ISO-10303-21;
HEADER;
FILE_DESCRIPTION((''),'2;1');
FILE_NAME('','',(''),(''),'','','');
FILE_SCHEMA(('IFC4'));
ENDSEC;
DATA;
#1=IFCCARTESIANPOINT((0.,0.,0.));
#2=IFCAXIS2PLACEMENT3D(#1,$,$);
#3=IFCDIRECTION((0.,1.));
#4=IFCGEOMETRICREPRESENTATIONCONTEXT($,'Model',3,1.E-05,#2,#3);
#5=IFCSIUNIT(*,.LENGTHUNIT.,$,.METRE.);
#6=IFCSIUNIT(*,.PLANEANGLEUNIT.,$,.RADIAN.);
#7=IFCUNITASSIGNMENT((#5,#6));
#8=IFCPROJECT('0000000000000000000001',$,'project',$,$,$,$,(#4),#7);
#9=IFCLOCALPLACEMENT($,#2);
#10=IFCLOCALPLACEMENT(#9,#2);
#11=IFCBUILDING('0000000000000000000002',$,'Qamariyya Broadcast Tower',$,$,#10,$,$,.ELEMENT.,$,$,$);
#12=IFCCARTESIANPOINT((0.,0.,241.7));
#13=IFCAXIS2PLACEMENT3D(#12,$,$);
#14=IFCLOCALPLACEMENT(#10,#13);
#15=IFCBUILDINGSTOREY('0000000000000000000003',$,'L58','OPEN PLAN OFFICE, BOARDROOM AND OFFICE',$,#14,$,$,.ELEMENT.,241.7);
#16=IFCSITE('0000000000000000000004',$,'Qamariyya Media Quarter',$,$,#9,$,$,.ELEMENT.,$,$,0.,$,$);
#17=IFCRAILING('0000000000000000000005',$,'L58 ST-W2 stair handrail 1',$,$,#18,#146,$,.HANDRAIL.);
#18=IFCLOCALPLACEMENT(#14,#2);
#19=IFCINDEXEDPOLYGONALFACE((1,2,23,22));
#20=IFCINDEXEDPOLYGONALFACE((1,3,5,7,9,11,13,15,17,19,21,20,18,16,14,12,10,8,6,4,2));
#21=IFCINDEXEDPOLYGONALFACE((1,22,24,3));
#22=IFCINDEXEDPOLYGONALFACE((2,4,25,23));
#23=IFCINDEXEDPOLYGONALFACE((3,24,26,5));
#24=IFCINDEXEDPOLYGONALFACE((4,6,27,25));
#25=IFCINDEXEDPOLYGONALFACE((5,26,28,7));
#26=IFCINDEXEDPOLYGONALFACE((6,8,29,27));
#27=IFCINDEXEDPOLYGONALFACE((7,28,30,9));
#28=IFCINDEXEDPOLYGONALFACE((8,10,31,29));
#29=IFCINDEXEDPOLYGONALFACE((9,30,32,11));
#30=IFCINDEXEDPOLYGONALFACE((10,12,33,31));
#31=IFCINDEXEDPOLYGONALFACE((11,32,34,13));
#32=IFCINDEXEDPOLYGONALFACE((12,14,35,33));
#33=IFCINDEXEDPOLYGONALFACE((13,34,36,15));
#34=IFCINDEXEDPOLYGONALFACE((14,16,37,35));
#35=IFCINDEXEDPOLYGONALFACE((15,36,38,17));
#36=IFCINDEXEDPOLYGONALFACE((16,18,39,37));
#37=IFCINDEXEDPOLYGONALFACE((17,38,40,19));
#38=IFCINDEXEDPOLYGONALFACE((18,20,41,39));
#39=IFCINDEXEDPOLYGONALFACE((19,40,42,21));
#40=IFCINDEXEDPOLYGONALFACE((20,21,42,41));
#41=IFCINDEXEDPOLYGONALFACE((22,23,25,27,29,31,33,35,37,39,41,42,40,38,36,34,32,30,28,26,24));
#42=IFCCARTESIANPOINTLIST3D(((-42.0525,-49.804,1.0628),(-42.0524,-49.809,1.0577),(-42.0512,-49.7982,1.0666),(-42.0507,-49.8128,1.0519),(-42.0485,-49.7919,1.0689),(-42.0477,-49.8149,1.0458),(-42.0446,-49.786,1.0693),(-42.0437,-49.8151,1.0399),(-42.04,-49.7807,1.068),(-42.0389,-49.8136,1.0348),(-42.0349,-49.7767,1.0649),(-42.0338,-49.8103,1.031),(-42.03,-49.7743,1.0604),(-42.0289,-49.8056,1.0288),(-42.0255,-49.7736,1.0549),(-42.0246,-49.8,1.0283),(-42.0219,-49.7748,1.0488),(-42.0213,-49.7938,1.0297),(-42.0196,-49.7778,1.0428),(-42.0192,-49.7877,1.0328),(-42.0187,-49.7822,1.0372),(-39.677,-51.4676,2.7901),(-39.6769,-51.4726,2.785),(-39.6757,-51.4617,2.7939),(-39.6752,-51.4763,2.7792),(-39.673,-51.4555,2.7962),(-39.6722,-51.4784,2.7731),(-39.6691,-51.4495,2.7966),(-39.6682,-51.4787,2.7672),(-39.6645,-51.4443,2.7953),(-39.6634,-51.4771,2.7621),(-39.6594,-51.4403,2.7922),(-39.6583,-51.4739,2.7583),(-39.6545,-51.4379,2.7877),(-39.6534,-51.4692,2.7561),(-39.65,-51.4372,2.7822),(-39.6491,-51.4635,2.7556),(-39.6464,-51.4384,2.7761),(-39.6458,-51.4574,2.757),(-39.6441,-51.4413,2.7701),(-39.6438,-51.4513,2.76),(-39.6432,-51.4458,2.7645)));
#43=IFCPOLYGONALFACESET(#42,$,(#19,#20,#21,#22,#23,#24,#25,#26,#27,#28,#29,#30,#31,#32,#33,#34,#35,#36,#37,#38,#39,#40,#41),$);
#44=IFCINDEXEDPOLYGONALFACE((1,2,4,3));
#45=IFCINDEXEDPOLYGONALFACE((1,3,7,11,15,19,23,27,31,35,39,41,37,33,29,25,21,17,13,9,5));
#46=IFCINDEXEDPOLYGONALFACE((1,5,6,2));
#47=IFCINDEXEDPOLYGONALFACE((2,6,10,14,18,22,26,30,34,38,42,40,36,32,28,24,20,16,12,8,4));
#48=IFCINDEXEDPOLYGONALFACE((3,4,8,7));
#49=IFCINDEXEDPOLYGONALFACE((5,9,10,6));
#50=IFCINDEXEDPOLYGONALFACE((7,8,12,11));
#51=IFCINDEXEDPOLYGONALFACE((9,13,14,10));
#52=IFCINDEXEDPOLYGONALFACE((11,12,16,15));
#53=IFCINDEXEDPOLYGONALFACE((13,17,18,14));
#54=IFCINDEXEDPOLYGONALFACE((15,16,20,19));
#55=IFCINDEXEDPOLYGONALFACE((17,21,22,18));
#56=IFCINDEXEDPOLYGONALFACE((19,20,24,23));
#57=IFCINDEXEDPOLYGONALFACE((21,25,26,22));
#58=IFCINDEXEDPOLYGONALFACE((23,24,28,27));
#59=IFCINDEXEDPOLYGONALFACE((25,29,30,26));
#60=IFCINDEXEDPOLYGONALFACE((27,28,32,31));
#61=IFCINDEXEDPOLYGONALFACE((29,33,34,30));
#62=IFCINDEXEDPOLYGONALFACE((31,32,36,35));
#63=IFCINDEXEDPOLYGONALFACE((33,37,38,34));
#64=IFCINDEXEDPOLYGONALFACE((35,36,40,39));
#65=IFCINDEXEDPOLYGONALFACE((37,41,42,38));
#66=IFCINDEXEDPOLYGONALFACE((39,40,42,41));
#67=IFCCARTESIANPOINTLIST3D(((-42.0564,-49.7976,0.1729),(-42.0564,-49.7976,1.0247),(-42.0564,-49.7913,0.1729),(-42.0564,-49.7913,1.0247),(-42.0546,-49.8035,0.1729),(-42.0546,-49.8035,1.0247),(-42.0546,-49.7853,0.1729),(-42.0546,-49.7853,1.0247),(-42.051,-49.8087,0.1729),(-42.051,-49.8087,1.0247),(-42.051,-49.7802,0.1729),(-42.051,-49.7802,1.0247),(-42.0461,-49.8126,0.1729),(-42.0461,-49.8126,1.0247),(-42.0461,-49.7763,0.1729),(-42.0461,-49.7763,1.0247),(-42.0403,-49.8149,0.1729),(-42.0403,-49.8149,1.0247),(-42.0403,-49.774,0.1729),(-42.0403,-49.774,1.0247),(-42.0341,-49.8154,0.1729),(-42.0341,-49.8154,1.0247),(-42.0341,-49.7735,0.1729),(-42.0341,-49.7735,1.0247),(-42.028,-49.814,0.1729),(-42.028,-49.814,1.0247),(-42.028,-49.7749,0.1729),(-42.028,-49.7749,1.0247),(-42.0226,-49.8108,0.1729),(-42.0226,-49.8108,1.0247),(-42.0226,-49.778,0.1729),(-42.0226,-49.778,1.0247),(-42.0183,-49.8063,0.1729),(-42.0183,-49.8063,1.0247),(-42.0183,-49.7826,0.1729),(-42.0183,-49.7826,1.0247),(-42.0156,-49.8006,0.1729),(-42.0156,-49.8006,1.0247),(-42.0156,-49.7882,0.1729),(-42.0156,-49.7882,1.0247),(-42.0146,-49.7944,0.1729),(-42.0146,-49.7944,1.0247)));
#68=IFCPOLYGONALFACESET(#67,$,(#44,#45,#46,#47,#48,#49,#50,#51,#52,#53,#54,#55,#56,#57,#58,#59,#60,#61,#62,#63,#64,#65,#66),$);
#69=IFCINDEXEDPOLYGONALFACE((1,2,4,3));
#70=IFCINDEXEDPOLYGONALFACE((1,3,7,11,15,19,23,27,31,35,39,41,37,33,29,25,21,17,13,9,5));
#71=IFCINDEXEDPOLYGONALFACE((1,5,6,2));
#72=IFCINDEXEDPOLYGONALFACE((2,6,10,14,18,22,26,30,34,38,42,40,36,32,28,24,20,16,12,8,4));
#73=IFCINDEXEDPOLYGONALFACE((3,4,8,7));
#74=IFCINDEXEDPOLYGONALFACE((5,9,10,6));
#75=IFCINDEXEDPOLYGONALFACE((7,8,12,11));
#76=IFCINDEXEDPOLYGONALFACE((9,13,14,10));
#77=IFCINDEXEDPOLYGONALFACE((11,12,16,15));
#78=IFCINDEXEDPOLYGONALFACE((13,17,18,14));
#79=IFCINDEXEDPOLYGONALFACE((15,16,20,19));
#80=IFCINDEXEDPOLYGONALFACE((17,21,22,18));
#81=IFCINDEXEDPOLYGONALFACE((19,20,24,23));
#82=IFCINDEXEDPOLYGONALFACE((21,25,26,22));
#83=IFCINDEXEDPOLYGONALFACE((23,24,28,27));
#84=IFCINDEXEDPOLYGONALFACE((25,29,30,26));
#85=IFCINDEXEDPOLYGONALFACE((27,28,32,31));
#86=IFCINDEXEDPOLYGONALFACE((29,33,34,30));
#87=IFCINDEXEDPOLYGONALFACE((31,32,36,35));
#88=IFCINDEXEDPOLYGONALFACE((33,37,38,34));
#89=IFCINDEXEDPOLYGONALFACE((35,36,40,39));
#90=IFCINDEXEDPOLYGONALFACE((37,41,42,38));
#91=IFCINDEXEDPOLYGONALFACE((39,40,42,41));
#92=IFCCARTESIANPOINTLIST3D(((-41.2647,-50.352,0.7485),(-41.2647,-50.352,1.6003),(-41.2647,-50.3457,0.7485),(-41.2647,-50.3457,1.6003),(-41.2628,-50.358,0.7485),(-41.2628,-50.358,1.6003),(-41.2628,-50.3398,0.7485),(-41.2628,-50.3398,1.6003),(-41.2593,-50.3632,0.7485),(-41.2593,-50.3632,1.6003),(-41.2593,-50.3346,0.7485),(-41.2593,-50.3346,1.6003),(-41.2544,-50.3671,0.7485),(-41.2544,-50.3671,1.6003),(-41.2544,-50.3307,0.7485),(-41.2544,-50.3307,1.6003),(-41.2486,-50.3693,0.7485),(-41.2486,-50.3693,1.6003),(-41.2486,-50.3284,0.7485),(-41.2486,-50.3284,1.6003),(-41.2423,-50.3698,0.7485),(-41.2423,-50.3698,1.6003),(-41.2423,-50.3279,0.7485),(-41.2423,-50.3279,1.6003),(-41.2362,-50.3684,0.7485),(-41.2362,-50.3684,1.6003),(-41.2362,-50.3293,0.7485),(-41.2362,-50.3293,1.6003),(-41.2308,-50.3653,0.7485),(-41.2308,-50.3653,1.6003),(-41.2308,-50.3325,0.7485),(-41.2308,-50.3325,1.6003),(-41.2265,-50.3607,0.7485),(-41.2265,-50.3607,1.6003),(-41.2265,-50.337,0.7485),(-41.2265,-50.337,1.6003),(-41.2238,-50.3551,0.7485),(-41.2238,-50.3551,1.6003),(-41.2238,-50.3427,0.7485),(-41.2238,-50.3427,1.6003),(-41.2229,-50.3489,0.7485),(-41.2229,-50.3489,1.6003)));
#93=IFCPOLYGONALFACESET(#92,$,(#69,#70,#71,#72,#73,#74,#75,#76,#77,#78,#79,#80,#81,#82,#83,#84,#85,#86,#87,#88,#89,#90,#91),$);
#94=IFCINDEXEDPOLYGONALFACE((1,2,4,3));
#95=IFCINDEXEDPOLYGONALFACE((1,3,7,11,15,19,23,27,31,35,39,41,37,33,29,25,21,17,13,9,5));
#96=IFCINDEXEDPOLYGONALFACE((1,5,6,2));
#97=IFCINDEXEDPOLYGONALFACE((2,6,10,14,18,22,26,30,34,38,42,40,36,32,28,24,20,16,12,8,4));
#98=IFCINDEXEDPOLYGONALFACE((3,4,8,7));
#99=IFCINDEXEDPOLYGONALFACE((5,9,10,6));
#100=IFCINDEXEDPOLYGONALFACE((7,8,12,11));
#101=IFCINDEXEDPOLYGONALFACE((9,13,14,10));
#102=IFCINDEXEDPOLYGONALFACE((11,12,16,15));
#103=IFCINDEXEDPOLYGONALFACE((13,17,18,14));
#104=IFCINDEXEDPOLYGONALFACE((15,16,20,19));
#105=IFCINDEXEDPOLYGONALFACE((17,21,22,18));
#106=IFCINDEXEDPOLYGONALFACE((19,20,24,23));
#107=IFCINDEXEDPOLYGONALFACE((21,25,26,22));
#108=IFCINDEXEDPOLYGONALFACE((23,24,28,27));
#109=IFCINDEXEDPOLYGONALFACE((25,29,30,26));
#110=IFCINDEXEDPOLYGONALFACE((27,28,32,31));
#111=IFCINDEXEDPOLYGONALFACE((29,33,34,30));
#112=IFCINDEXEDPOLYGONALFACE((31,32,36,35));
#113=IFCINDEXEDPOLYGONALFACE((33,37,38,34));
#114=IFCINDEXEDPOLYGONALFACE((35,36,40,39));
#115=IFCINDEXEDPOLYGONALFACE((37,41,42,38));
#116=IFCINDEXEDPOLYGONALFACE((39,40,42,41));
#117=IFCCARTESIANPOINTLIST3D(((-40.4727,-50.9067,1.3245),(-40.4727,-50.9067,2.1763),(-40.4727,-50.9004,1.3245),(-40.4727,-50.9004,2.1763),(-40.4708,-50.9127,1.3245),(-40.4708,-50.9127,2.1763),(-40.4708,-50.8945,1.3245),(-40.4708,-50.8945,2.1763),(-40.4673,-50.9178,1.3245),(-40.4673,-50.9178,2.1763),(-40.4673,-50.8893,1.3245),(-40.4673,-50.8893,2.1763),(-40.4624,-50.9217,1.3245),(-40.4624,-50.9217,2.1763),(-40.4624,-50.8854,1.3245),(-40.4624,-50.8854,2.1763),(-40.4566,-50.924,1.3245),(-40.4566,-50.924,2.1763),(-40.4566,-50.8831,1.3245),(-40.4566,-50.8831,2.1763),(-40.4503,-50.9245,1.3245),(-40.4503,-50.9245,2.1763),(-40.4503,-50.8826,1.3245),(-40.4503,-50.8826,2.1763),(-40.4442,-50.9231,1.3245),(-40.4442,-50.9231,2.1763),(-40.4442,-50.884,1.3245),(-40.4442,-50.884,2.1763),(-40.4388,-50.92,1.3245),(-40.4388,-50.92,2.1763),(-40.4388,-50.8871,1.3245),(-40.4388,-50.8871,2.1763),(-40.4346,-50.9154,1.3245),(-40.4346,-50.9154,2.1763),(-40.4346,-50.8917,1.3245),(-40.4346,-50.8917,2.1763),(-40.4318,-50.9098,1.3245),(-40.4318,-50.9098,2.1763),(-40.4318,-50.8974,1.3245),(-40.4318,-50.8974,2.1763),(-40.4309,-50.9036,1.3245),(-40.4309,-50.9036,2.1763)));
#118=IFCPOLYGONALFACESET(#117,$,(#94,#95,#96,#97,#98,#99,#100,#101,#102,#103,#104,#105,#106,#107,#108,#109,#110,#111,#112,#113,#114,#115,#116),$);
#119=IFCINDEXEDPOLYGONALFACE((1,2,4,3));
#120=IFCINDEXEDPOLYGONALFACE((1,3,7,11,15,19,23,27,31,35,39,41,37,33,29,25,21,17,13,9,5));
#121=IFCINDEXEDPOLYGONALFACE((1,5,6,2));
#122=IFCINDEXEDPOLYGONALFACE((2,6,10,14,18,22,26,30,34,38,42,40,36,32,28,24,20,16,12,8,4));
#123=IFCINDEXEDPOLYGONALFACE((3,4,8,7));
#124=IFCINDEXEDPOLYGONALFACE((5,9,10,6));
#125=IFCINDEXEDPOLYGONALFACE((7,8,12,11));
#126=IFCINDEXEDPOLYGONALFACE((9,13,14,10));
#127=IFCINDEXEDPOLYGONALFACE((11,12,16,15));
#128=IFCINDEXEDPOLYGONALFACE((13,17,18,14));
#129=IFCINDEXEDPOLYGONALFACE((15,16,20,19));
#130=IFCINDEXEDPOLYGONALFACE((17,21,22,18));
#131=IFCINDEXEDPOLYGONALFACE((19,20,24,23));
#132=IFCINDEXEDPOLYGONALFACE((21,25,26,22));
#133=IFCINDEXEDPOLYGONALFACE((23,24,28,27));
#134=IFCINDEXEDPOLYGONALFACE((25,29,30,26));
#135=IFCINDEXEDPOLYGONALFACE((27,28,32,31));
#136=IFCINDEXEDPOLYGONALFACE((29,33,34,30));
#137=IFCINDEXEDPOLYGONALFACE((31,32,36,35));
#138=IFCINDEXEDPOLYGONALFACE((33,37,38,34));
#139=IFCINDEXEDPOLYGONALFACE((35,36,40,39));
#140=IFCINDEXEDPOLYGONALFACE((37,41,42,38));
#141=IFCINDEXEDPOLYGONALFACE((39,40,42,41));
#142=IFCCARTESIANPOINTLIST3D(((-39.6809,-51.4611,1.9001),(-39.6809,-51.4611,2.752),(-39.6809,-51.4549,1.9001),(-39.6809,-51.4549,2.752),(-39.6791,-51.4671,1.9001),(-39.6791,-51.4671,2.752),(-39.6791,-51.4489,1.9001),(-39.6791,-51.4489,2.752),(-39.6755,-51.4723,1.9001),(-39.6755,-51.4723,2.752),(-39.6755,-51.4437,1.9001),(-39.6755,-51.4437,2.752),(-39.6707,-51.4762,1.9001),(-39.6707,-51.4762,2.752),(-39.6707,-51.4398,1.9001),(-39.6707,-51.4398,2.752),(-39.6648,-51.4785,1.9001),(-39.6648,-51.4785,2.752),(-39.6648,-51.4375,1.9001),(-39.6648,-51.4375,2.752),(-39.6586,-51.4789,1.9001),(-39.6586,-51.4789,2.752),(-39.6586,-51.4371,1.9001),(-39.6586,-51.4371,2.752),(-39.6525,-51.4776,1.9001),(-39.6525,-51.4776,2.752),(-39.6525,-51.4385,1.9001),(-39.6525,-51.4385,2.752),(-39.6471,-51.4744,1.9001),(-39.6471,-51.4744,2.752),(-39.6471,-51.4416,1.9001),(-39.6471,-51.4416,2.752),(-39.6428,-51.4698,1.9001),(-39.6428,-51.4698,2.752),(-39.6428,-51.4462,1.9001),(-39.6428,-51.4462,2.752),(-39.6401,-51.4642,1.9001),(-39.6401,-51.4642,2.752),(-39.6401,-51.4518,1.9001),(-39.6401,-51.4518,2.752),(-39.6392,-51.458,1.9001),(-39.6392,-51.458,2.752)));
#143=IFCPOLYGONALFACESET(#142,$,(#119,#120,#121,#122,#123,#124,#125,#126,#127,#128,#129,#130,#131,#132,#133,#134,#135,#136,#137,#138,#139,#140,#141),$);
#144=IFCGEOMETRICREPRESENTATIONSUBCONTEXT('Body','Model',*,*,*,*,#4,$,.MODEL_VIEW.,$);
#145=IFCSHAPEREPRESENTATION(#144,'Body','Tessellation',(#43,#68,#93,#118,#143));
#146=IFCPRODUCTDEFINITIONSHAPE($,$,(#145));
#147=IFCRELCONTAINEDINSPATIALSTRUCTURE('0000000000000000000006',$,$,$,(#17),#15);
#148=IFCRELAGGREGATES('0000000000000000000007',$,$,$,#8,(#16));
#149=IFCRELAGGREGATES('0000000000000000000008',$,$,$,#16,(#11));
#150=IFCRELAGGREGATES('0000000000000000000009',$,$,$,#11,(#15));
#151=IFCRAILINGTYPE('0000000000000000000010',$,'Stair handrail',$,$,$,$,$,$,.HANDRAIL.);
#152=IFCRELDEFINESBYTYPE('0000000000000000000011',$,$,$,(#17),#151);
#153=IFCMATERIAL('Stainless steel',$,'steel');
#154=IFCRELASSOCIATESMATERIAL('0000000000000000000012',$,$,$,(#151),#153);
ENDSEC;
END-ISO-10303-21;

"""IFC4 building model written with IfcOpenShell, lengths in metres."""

from ifc_helpers import new_model, si_unit, direction, frame, origin, origin_2d, place, context, subcontext, project, spatial, circle, extrude, material, type_object, element, save


model = new_model("IFC4")

# Units and contexts
model_context = context("Model", 3, precision=1e-05, world=origin(), true_north=direction((0.0, 1.0)))
body_context = subcontext(model_context, "Body", "Model", "MODEL_VIEW")
ifc_project = project(units=[si_unit("LENGTHUNIT", "METRE"), si_unit("PLANEANGLEUNIT", "RADIAN")], contexts=[model_context])

# Site, building, storey
site_placement = place(None, origin())
site = spatial("IfcSite", under=ifc_project, at=site_placement, Name="Qamariyya Media Quarter", CompositionType="ELEMENT", RefElevation=0.0)
building_placement = place(site_placement, origin())
building = spatial("IfcBuilding", under=site, at=building_placement, Name="Qamariyya Broadcast Tower", CompositionType="ELEMENT")
storey_placement = place(building_placement, frame((0.0, 0.0, 241.7)))
storey = spatial("IfcBuildingStorey", under=building, at=storey_placement, Name="L58", Description="OPEN PLAN OFFICE, BOARDROOM AND OFFICE", CompositionType="ELEMENT", Elevation=241.7)

# Railing
ifc_material_1 = material(Name="Stainless steel", Category="steel")
railing_type_1 = type_object("IfcRailingType", Name="Stair handrail", PredefinedType="HANDRAIL", material=ifc_material_1)
railing_1_placement = place(storey_placement, frame((-42.0356, -49.7944, 0.1729)))
element("IfcRailing", 1, at=railing_1_placement, inside=storey, type_object=railing_type_1, Name="L58 ST-W2 stair handrail 1", PredefinedType="HANDRAIL", context=body_context, shape_type="SweptSolid", body=[
    extrude(circle(Radius=0.0239, at=origin_2d()), frame((0.0, 0.0, 0.876), z_axis=(0.703745, -0.492838, 0.511716), x_axis=(0.573632, 0.819113, 0.0)), (0.0, 0.0, 1.0), 3.3755),
    extrude(circle(Radius=0.021, at=origin_2d()), origin(), (0.0, 0.0, 1.0), 0.8518),
    extrude(circle(Radius=0.021, at=origin_2d()), frame((0.7917, -0.5544, 0.5757)), (0.0, 0.0, 1.0), 0.8518),
    extrude(circle(Radius=0.021, at=origin_2d()), frame((1.5837, -1.1091, 1.1516)), (0.0, 0.0, 1.0), 0.8518),
    extrude(circle(Radius=0.021, at=origin_2d()), frame((2.3755, -1.6636, 1.7273)), (0.0, 0.0, 1.0), 0.8518),
])

save(model, "model.ifc")
